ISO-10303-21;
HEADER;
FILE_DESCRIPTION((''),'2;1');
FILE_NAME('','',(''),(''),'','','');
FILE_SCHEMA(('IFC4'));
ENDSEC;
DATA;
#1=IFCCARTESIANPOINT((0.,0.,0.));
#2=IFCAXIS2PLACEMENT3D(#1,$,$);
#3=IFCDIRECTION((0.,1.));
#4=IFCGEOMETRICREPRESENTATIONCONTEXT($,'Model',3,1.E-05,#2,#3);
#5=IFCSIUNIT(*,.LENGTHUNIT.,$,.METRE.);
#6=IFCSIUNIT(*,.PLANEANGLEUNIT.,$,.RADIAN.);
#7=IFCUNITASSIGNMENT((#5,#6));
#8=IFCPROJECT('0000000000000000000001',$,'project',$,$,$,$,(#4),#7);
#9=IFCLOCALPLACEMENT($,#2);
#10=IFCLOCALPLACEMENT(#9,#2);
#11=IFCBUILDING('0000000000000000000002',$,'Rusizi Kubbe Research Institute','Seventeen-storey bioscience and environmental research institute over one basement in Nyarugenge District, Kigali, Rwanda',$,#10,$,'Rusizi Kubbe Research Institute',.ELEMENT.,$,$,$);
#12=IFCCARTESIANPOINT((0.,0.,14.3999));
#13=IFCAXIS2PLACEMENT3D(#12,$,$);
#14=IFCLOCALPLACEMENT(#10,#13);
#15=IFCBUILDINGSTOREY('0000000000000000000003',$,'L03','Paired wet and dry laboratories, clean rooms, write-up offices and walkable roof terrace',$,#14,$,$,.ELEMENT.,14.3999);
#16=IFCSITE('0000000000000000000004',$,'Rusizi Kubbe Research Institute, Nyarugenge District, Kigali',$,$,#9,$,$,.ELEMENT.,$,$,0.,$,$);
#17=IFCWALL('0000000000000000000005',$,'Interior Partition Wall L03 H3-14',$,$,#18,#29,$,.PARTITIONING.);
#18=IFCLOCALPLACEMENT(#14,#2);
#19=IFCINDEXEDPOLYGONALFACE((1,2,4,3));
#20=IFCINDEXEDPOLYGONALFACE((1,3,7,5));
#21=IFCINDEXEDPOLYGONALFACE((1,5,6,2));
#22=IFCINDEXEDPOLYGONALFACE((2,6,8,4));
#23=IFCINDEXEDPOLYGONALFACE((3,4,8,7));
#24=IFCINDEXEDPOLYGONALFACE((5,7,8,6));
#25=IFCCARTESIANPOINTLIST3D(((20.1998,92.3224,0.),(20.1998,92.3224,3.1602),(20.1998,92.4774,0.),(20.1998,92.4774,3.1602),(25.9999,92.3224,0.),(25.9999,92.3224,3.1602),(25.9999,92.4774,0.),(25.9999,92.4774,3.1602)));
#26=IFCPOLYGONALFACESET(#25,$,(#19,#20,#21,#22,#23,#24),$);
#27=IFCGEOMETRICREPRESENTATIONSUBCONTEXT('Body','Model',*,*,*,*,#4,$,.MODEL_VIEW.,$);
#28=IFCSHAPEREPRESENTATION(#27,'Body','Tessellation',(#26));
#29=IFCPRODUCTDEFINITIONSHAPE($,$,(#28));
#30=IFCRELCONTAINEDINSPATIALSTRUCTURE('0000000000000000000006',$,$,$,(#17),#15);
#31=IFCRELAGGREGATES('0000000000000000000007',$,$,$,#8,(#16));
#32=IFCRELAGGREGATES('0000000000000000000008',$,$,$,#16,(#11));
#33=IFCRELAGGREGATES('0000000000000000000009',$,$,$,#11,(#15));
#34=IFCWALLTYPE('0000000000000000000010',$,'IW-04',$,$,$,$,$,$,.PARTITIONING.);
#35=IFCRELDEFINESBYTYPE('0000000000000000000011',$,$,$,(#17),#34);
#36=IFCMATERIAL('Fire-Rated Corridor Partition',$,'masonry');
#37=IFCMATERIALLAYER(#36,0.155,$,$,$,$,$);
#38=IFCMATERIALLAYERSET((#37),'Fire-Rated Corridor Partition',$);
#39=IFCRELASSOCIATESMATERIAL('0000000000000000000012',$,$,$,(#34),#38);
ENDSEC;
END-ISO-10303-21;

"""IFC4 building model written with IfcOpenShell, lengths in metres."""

from ifc_helpers import new_model, si_unit, direction, frame, frame_2d, origin, place, context, subcontext, project, spatial, rectangle, extrude, material, layer, layer_set, type_object, element, save


model = new_model("IFC4")

# Units and contexts
model_context = context("Model", 3, precision=1e-05, world=origin(), true_north=direction((0.0, 1.0)))
body_context = subcontext(model_context, "Body", "Model", "MODEL_VIEW")
ifc_project = project(units=[si_unit("LENGTHUNIT", "METRE"), si_unit("PLANEANGLEUNIT", "RADIAN")], contexts=[model_context])

# Site, building, storey
site_placement = place(None, origin())
site = spatial("IfcSite", under=ifc_project, at=site_placement, Name="Rusizi Kubbe Research Institute, Nyarugenge District, Kigali", CompositionType="ELEMENT", RefElevation=0.0)
building_placement = place(site_placement, origin())
building = spatial("IfcBuilding", under=site, at=building_placement, Name="Rusizi Kubbe Research Institute", Description="Seventeen-storey bioscience and environmental research institute over one basement in Nyarugenge District, Kigali, Rwanda", LongName="Rusizi Kubbe Research Institute", CompositionType="ELEMENT")
storey_placement = place(building_placement, frame((0.0, 0.0, 14.3999)))
storey = spatial("IfcBuildingStorey", under=building, at=storey_placement, Name="L03", Description="Paired wet and dry laboratories, clean rooms, write-up offices and walkable roof terrace", CompositionType="ELEMENT", Elevation=14.3999)

# Wall
ifc_material_1 = material(Name="Fire-Rated Corridor Partition", Category="masonry")
ifc_layer = layer(ifc_material_1, 0.155)
ifc_layer_set = layer_set([ifc_layer], Name="Fire-Rated Corridor Partition")
wall_type = type_object("IfcWallType", Name="IW-04", PredefinedType="PARTITIONING", material=ifc_layer_set)
wall_placement = place(storey_placement, frame((20.2, 92.3999, 0.0), z_axis=(0.0, 0.0, 1.0), x_axis=(1.0, 0.0, 0.0)))
element("IfcWall", 1, at=wall_placement, inside=storey, type_object=wall_type, Name="Interior Partition Wall L03 H3-14", PredefinedType="PARTITIONING", context=body_context, shape_type="SweptSolid", body=[
    extrude(rectangle(XDim=5.8, YDim=0.155, at=frame_2d((2.8999, 0.0))), origin(), (0.0, 0.0, 1.0), 3.1602),
])

save(model, "model.ifc")
